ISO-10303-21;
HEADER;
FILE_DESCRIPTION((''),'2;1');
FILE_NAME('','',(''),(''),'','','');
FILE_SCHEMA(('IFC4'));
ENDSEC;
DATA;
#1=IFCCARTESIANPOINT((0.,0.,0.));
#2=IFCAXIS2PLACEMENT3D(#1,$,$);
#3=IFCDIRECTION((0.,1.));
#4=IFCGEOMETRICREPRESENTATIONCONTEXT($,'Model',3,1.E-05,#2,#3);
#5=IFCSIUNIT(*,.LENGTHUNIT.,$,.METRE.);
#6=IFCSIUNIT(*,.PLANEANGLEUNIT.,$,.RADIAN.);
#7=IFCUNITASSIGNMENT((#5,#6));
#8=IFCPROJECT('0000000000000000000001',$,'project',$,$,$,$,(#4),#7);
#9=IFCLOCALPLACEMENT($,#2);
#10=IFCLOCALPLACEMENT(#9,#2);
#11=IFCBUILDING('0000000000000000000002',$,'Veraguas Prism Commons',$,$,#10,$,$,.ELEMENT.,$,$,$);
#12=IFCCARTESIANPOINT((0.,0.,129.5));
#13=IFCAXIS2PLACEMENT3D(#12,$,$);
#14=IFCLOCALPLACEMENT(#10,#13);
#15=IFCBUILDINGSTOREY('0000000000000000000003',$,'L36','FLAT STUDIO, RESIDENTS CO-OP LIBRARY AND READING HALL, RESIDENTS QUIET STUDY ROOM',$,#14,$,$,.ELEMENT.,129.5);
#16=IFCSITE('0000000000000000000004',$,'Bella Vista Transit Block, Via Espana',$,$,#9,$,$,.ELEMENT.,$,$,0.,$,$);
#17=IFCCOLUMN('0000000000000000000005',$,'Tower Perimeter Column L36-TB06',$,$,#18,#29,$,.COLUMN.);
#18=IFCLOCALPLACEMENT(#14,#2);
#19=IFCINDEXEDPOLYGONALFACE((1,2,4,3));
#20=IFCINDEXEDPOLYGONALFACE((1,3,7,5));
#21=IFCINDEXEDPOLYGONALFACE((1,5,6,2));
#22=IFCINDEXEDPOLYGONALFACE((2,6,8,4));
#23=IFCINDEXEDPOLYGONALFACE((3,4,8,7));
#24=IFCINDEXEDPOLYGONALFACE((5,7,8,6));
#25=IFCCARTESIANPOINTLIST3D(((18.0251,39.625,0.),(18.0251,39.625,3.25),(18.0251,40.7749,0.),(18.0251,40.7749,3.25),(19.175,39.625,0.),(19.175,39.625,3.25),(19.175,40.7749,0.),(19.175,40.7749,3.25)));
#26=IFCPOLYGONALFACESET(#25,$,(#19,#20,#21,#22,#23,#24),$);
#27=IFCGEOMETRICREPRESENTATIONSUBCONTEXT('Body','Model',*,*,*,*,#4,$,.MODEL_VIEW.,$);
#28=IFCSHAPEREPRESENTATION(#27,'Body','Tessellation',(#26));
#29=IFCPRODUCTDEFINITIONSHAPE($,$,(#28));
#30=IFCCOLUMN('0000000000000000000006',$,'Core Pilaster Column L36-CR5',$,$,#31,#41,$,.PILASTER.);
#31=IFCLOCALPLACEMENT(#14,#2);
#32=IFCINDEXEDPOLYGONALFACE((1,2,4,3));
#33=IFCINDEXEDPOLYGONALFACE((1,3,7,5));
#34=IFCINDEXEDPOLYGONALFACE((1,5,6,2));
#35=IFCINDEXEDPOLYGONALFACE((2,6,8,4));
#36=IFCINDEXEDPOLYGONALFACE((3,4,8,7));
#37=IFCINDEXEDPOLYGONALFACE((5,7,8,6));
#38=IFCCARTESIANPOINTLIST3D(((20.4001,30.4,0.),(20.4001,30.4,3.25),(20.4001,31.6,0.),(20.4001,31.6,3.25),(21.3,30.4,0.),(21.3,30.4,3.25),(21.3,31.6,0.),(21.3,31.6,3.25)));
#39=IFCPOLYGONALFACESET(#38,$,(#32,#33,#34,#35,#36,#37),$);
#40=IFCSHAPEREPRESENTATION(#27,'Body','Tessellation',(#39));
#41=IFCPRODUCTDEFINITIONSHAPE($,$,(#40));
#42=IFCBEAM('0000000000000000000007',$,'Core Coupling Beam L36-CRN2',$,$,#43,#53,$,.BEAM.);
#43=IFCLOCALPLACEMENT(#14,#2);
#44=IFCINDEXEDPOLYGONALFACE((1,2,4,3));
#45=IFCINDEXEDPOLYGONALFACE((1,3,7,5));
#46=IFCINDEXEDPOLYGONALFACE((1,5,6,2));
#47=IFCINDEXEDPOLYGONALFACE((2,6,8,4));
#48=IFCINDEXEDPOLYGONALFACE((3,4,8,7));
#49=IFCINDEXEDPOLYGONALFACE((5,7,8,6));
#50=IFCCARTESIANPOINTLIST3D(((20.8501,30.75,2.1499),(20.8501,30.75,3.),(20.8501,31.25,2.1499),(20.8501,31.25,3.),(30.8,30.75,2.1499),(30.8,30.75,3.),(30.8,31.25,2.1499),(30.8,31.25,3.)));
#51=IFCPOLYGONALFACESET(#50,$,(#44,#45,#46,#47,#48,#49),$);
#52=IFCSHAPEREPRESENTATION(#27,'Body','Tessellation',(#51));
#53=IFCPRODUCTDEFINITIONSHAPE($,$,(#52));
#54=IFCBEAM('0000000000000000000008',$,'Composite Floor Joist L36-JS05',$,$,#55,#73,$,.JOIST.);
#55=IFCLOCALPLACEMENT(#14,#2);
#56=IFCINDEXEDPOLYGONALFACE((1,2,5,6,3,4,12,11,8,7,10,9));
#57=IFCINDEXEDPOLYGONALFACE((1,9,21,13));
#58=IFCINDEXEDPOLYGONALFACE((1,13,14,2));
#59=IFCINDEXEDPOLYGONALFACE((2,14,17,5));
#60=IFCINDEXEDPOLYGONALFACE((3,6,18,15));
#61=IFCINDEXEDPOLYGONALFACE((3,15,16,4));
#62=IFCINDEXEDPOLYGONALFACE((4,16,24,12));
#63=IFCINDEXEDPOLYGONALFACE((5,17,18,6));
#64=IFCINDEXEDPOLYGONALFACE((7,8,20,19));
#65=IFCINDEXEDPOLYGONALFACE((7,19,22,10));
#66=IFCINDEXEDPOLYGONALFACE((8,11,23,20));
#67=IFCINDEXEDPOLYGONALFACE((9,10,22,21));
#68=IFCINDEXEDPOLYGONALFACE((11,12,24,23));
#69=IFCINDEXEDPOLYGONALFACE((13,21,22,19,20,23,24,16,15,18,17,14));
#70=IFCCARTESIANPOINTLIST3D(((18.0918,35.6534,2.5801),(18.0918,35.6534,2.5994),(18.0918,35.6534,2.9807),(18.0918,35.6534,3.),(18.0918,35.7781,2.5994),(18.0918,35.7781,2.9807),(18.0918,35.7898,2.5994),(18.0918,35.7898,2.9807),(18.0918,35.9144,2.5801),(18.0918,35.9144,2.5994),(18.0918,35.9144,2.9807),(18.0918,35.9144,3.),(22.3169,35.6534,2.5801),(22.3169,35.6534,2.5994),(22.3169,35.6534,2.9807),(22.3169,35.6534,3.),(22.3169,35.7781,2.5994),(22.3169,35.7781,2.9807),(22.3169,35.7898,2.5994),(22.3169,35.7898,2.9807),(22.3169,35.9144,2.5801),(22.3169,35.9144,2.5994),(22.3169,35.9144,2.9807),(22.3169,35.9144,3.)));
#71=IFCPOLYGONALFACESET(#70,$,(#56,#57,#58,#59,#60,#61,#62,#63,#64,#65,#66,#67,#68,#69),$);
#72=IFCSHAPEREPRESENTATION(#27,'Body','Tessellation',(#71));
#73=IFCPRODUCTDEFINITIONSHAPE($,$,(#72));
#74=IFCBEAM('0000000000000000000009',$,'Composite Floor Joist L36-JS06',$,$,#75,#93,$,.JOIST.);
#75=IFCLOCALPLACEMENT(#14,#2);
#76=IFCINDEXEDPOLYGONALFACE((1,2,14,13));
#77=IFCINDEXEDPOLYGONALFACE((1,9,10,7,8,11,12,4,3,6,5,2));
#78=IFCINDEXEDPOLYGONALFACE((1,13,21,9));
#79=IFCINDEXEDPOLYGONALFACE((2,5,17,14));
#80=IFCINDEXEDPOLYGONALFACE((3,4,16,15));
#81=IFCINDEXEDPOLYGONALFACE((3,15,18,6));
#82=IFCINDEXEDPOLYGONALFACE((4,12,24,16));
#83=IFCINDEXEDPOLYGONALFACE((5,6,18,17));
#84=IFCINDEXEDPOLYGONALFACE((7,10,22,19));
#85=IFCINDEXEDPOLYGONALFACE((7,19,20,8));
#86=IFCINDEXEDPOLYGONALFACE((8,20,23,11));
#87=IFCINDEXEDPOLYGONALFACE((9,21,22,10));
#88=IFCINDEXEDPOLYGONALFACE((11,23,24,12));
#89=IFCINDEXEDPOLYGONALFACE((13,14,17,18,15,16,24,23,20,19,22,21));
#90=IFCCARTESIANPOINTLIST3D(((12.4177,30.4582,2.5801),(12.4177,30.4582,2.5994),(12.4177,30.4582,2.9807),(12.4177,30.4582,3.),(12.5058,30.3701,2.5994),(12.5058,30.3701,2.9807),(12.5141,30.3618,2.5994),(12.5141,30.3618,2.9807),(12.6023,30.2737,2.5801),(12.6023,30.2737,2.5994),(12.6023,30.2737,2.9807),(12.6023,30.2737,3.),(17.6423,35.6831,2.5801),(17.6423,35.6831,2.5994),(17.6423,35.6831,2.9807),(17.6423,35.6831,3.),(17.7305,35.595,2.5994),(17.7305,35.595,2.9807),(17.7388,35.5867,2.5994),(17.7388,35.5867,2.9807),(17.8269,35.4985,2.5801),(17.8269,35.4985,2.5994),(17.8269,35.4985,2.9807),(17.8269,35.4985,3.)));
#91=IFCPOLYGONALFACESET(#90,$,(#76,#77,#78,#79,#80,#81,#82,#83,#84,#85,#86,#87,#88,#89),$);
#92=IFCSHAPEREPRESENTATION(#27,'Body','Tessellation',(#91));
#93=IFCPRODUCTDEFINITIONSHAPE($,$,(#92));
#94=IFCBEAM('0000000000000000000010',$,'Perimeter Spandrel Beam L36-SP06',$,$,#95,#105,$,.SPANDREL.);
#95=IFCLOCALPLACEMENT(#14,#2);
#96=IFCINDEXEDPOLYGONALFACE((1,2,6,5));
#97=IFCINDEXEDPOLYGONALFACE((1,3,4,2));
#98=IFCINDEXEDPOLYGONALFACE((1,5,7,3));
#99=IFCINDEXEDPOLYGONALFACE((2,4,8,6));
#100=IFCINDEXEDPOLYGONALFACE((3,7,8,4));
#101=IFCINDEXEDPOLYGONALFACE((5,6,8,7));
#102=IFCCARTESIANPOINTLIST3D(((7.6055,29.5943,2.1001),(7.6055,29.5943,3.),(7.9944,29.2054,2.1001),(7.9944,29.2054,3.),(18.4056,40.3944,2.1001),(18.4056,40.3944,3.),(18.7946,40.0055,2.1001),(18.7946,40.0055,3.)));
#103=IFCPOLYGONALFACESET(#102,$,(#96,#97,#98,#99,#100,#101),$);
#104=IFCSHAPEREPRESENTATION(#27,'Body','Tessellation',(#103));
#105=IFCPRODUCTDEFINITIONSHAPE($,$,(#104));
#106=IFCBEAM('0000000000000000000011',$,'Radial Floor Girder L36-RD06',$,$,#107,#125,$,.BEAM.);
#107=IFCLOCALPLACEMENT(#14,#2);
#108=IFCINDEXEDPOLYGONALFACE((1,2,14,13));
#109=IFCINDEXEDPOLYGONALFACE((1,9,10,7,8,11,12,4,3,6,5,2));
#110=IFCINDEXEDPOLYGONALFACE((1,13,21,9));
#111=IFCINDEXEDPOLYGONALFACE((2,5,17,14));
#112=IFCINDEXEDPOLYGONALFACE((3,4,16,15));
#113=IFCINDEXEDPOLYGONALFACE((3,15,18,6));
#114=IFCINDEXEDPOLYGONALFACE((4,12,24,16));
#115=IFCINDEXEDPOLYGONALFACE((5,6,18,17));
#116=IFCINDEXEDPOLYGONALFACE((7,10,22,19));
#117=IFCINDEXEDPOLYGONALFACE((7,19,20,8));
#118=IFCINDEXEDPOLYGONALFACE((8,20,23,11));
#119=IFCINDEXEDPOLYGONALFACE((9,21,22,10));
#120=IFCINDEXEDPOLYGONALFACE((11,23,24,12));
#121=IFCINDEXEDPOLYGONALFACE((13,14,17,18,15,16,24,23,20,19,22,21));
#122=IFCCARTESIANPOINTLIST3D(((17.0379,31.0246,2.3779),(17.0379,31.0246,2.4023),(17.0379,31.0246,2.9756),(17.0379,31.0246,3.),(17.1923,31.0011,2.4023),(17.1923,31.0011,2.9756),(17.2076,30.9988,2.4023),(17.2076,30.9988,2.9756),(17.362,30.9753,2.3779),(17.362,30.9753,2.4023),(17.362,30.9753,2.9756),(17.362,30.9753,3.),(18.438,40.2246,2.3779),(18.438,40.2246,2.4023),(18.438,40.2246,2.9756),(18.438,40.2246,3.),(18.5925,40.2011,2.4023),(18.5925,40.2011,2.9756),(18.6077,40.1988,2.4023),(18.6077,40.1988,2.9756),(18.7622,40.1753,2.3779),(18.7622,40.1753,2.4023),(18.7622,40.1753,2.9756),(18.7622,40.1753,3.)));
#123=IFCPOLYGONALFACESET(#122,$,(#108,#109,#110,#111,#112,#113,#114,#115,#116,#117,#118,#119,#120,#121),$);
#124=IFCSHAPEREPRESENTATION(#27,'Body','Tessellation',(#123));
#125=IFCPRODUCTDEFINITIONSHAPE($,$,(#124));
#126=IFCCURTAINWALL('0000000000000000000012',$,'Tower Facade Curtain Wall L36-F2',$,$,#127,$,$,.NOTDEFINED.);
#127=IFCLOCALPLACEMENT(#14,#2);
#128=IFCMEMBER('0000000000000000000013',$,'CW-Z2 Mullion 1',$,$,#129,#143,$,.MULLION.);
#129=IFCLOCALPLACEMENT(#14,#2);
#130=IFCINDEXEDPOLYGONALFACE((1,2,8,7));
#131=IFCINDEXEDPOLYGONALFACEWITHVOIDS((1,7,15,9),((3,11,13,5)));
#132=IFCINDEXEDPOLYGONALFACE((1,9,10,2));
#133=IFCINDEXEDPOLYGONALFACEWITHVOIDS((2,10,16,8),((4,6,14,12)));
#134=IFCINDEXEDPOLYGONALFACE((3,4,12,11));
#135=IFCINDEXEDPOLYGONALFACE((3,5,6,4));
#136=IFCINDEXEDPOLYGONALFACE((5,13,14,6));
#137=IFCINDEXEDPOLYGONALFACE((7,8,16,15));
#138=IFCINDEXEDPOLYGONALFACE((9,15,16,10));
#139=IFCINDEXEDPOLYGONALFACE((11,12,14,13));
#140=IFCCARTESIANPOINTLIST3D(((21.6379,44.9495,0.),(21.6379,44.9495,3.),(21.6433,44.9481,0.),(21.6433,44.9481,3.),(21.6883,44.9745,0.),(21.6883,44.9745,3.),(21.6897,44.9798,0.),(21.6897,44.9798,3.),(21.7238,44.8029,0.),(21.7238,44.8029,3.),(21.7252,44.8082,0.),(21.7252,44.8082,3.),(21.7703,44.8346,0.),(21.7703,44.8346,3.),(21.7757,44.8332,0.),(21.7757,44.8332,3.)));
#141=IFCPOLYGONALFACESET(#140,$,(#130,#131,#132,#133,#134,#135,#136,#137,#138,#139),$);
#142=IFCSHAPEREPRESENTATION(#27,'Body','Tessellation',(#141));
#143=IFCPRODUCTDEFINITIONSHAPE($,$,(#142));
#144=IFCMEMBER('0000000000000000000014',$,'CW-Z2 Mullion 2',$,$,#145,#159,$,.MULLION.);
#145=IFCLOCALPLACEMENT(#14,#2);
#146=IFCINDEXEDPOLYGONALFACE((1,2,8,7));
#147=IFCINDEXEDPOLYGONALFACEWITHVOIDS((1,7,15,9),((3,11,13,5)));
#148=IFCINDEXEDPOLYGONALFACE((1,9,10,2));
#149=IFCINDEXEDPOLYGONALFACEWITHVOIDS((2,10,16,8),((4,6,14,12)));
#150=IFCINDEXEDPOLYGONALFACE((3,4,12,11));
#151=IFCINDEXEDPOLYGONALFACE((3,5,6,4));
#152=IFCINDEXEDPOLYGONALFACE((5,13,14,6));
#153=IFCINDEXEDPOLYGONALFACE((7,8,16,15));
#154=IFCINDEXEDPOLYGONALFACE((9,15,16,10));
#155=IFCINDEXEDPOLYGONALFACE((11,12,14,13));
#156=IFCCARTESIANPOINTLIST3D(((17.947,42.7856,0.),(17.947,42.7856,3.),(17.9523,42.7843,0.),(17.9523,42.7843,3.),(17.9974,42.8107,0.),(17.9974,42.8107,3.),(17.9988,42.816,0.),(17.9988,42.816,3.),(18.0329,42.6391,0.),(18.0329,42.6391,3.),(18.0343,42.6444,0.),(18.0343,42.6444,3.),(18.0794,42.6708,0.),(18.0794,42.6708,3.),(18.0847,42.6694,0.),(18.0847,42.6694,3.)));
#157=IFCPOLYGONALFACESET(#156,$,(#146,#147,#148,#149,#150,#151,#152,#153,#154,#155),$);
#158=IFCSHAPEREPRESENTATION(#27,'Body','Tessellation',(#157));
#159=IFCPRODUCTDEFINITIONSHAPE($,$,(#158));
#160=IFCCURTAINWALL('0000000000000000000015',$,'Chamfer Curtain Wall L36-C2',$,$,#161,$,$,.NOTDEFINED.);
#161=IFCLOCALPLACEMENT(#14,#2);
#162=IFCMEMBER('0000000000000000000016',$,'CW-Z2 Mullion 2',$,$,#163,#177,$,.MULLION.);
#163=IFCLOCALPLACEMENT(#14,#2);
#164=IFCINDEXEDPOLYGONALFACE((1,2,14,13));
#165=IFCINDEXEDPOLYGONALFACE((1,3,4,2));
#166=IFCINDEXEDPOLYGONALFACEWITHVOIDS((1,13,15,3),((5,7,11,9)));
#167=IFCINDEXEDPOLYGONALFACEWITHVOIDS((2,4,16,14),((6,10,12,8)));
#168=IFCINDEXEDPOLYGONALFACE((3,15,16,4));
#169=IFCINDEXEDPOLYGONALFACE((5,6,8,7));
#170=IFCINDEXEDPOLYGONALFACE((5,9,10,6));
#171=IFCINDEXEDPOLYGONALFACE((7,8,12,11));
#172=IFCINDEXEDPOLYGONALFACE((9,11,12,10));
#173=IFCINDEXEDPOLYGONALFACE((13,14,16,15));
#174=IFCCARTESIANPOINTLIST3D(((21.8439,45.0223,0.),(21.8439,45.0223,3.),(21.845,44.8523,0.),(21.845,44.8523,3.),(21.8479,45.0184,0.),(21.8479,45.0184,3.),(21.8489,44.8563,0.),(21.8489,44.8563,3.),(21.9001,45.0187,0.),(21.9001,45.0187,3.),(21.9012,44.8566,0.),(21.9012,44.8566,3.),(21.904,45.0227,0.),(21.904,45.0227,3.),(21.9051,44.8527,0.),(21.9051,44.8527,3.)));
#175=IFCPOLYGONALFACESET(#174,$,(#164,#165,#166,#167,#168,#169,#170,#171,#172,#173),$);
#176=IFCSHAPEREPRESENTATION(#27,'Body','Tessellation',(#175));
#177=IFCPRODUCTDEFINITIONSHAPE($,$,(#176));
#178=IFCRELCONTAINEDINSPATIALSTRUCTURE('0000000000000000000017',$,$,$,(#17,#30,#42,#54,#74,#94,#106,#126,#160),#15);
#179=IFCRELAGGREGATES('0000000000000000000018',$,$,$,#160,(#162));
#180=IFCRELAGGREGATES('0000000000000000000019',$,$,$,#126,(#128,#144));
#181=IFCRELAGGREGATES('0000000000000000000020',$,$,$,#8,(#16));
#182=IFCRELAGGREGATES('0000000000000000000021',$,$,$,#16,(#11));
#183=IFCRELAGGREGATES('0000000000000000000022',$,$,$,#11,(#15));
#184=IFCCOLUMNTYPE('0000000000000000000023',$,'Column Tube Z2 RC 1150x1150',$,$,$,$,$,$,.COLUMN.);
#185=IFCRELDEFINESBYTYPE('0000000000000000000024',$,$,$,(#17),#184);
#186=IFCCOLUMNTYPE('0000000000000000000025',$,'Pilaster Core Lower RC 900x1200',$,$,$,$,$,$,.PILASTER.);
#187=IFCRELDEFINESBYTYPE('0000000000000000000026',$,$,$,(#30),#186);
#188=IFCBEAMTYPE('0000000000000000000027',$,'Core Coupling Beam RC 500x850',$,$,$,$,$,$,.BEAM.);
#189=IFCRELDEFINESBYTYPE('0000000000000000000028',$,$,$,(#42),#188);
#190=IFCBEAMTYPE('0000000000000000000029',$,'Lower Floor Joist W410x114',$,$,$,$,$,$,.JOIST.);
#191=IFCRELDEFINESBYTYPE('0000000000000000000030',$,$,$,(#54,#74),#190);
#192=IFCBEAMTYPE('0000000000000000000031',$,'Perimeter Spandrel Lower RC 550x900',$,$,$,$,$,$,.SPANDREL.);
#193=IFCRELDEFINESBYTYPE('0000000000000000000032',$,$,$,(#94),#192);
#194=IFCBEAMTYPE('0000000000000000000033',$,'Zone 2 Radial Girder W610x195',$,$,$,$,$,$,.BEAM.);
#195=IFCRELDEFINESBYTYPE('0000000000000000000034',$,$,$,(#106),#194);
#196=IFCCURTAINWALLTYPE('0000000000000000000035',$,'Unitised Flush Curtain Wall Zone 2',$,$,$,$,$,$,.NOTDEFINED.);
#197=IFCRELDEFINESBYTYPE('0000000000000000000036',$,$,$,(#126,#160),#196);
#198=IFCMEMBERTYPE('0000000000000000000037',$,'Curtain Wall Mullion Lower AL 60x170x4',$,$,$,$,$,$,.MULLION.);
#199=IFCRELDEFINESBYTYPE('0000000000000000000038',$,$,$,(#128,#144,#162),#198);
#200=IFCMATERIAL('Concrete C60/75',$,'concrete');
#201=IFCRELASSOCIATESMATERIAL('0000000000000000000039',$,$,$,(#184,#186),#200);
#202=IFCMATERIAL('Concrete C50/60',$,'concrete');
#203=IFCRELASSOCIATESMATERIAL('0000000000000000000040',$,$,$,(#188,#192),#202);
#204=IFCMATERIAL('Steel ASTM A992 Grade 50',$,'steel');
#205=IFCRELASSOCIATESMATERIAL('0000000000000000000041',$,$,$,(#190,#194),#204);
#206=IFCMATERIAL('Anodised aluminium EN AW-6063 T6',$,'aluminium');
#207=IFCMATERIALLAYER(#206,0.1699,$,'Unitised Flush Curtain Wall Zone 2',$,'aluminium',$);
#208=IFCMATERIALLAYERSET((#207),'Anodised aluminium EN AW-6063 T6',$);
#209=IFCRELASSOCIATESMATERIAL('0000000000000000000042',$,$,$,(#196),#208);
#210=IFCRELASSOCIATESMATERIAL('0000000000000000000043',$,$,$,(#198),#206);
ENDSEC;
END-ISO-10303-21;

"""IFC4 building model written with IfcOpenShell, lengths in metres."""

from ifc_helpers import new_model, si_unit, direction, frame, origin, origin_2d, place, context, subcontext, project, spatial, rectangle, hollow_rectangle, i_section, extrude, source, transform, mapped, material, layer, layer_set, material_profile, profile_set, type_object, element, aggregate, save


model = new_model("IFC4")

# Units and contexts
model_context = context("Model", 3, precision=1e-05, world=origin(), true_north=direction((0.0, 1.0)))
body_context = subcontext(model_context, "Body", "Model", "MODEL_VIEW")
ifc_project = project(units=[si_unit("LENGTHUNIT", "METRE"), si_unit("PLANEANGLEUNIT", "RADIAN")], contexts=[model_context])

# Site, building, storey
site_placement = place(None, origin())
site = spatial("IfcSite", under=ifc_project, at=site_placement, Name="Bella Vista Transit Block, Via Espana", CompositionType="ELEMENT", RefElevation=0.0)
building_placement = place(site_placement, origin())
building = spatial("IfcBuilding", under=site, at=building_placement, Name="Veraguas Prism Commons", CompositionType="ELEMENT")
storey_placement = place(building_placement, frame((0.0, 0.0, 129.5)))
storey = spatial("IfcBuildingStorey", under=building, at=storey_placement, Name="L36", Description="FLAT STUDIO, RESIDENTS CO-OP LIBRARY AND READING HALL, RESIDENTS QUIET STUDY ROOM", CompositionType="ELEMENT", Elevation=129.5)

# Columns
ifc_material_1 = material(Name="Concrete C60/75", Category="concrete")
ifc_material_profile_1 = material_profile(ifc_material_1, rectangle(XDim=1.1499, YDim=1.1499, at=origin_2d()), Name="RC1150X1150")
ifc_profile_set_1 = profile_set([ifc_material_profile_1], Name="Concrete C60/75")
column_type_1 = type_object("IfcColumnType", Name="Column Tube Z2 RC 1150x1150", PredefinedType="COLUMN", material=ifc_profile_set_1)
column_1_placement = place(storey_placement, frame((18.6001, 40.2, 0.0), z_axis=(0.0, 0.0, 1.0), x_axis=(1.0, 0.0, 0.0)))
element("IfcColumn", 1, at=column_1_placement, inside=storey, type_object=column_type_1, Name="Tower Perimeter Column L36-TB06", PredefinedType="COLUMN", context=body_context, shape_type="SweptSolid", body=[
    extrude(rectangle(XDim=1.1499, YDim=1.1499, at=origin_2d()), origin(), (0.0, 0.0, 1.0), 3.25),
])
ifc_material_profile_2 = material_profile(ifc_material_1, rectangle(XDim=0.8999, YDim=1.2, at=origin_2d()), Name="RC900X1200")
ifc_profile_set_2 = profile_set([ifc_material_profile_2], Name="Concrete C60/75")
column_type_2 = type_object("IfcColumnType", Name="Pilaster Core Lower RC 900x1200", PredefinedType="PILASTER", material=ifc_profile_set_2)
column_2_placement = place(storey_placement, frame((20.8501, 31.0, 0.0), z_axis=(0.0, 0.0, 1.0), x_axis=(1.0, 0.0, 0.0)))
element("IfcColumn", 2, at=column_2_placement, inside=storey, type_object=column_type_2, Name="Core Pilaster Column L36-CR5", PredefinedType="PILASTER", context=body_context, shape_type="SweptSolid", body=[
    extrude(rectangle(XDim=0.8999, YDim=1.2, at=origin_2d()), origin(), (0.0, 0.0, 1.0), 3.25),
])

# Beams
ifc_material_2 = material(Name="Concrete C50/60", Category="concrete")
ifc_material_profile_3 = material_profile(ifc_material_2, rectangle(XDim=0.5, YDim=0.8501, at=origin_2d()), Name="RC500X850")
ifc_profile_set_3 = profile_set([ifc_material_profile_3], Name="Concrete C50/60")
beam_type_1 = type_object("IfcBeamType", Name="Core Coupling Beam RC 500x850", PredefinedType="BEAM", material=ifc_profile_set_3)
beam_1_placement = place(storey_placement, frame((20.8501, 31.0, 2.575), z_axis=(1.0, 0.0, 0.0), x_axis=(0.0, 1.0, 0.0)))
element("IfcBeam", 3, at=beam_1_placement, inside=storey, type_object=beam_type_1, Name="Core Coupling Beam L36-CRN2", PredefinedType="BEAM", context=body_context, shape_type="SweptSolid", body=[
    extrude(rectangle(XDim=0.5, YDim=0.8501, at=origin_2d()), origin(), (0.0, 0.0, 1.0), 9.95),
])
ifc_material_3 = material(Name="Steel ASTM A992 Grade 50", Category="steel")
ifc_material_profile_4 = material_profile(ifc_material_3, i_section(OverallWidth=0.261, OverallDepth=0.4199, WebThickness=0.0117, FlangeThickness=0.0193, at=origin_2d()), Name="W410X114")
ifc_profile_set_4 = profile_set([ifc_material_profile_4], Name="Steel ASTM A992 Grade 50")
beam_type_2 = type_object("IfcBeamType", Name="Lower Floor Joist W410x114", PredefinedType="JOIST", material=ifc_profile_set_4)
beam_2_placement = place(storey_placement, frame((22.3169, 35.7839, 2.79), z_axis=(-1.0, 0.0, 0.0), x_axis=(0.0, -1.0, 0.0)))
element("IfcBeam", 4, at=beam_2_placement, inside=storey, type_object=beam_type_2, Name="Composite Floor Joist L36-JS05", PredefinedType="JOIST", context=body_context, shape_type="SweptSolid", body=[
    extrude(i_section(OverallWidth=0.261, OverallDepth=0.4199, WebThickness=0.0117, FlangeThickness=0.0193, at=origin_2d()), origin(), (0.0, 0.0, 1.0), 4.2251),
])
beam_3_placement = place(storey_placement, frame((17.7346, 35.5908, 2.79), z_axis=(-0.70709, -0.707123, 0.0), x_axis=(0.707123, -0.70709, 0.0)))
element("IfcBeam", 5, at=beam_3_placement, inside=storey, type_object=beam_type_2, Name="Composite Floor Joist L36-JS06", PredefinedType="JOIST", context=body_context, shape_type="SweptSolid", body=[
    extrude(i_section(OverallWidth=0.261, OverallDepth=0.4199, WebThickness=0.0117, FlangeThickness=0.0193, at=origin_2d()), origin(), (0.0, 0.0, 1.0), 7.3889),
])
ifc_material_profile_5 = material_profile(ifc_material_2, rectangle(XDim=0.55, YDim=0.8999, at=origin_2d()), Name="RC550X900")
ifc_profile_set_5 = profile_set([ifc_material_profile_5], Name="Concrete C50/60")
beam_type_3 = type_object("IfcBeamType", Name="Perimeter Spandrel Lower RC 550x900", PredefinedType="SPANDREL", material=ifc_profile_set_5)
beam_4_placement = place(storey_placement, frame((18.6001, 40.2, 2.55), z_axis=(-0.707107, -0.707107, 0.0), x_axis=(0.707107, -0.707107, 0.0)))
element("IfcBeam", 6, at=beam_4_placement, inside=storey, type_object=beam_type_3, Name="Perimeter Spandrel Beam L36-SP06", PredefinedType="SPANDREL", context=body_context, shape_type="SweptSolid", body=[
    extrude(rectangle(XDim=0.55, YDim=0.8999, at=origin_2d()), origin(), (0.0, 0.0, 1.0), 15.2737),
])
ifc_material_profile_6 = material_profile(ifc_material_3, i_section(OverallWidth=0.3279, OverallDepth=0.6221, WebThickness=0.0154, FlangeThickness=0.0244, at=origin_2d()), Name="W610X195")
ifc_profile_set_6 = profile_set([ifc_material_profile_6], Name="Steel ASTM A992 Grade 50")
beam_type_4 = type_object("IfcBeamType", Name="Zone 2 Radial Girder W610x195", PredefinedType="BEAM", material=ifc_profile_set_6)
beam_5_placement = place(storey_placement, frame((18.6001, 40.2, 2.689), z_axis=(-0.150458, -0.988616, 0.0), x_axis=(0.988616, -0.150458, 0.0)))
element("IfcBeam", 7, at=beam_5_placement, inside=storey, type_object=beam_type_4, Name="Radial Floor Girder L36-RD06", PredefinedType="BEAM", context=body_context, shape_type="SweptSolid", body=[
    extrude(i_section(OverallWidth=0.3279, OverallDepth=0.6221, WebThickness=0.0154, FlangeThickness=0.0244, at=origin_2d()), origin(), (0.0, 0.0, 1.0), 9.3059),
])

# Curtain wall, members
ifc_material_4 = material(Name="Anodised aluminium EN AW-6063 T6", Category="aluminium")
ifc_layer_1 = layer(ifc_material_4, 0.1699, Name="Unitised Flush Curtain Wall Zone 2", Category="aluminium")
ifc_layer_set_1 = layer_set([ifc_layer_1], Name="Anodised aluminium EN AW-6063 T6")
curtain_wall_type = type_object("IfcCurtainWallType", Name="Unitised Flush Curtain Wall Zone 2", PredefinedType="NOTDEFINED", material=ifc_layer_set_1)
curtain_wall_1_placement = place(storey_placement, origin())
curtain_wall_1 = element("IfcCurtainWall", 8, at=curtain_wall_1_placement, inside=storey, type_object=curtain_wall_type, Name="Tower Facade Curtain Wall L36-F2", PredefinedType="NOTDEFINED")
ifc_material_profile_7 = material_profile(ifc_material_4, hollow_rectangle(XDim=0.0601, YDim=0.1699, WallThickness=0.0039, at=origin_2d()), Name="AL60X170X4")
ifc_profile_set_7 = profile_set([ifc_material_profile_7], Name="Anodised aluminium EN AW-6063 T6")
member_type_1 = type_object("IfcMemberType", Name="Curtain Wall Mullion Lower AL 60x170x4", PredefinedType="MULLION", material=ifc_profile_set_7)
shared_shape_1 = source(origin(), body_context, "Body", "SweptSolid", [
    extrude(hollow_rectangle(XDim=0.0601, YDim=0.1699, WallThickness=0.0039, at=origin_2d()), origin(), (0.0, 0.0, 1.0), 3.0),
])
member_1_placement = place(storey_placement, frame((21.7068, 44.8914, 0.0), z_axis=(0.0, 0.0, 1.0), x_axis=(-0.862686, -0.50574, 0.0)))
member_1 = element("IfcMember", 9, at=member_1_placement, type_object=member_type_1, Name="CW-Z2 Mullion 1", PredefinedType="MULLION", context=body_context, shape_type="MappedRepresentation", body=[
    mapped(shared_shape_1, transform((0.0, 0.0, 0.0), scale=1.0)),
])
member_2_placement = place(storey_placement, frame((18.0159, 42.7275, 0.0), z_axis=(0.0, 0.0, 1.0), x_axis=(-0.862686, -0.50574, 0.0)))
member_2 = element("IfcMember", 10, at=member_2_placement, type_object=member_type_1, Name="CW-Z2 Mullion 2", PredefinedType="MULLION", context=body_context, shape_type="MappedRepresentation", body=[
    mapped(shared_shape_1, transform((0.0, 0.0, 0.0), scale=1.0)),
])

# Curtain wall, member
curtain_wall_2_placement = place(storey_placement, origin())
curtain_wall_2 = element("IfcCurtainWall", 11, at=curtain_wall_2_placement, inside=storey, type_object=curtain_wall_type, Name="Chamfer Curtain Wall L36-C2", PredefinedType="NOTDEFINED")
member_3_placement = place(storey_placement, frame((21.8745, 44.9375, 0.0), z_axis=(0.0, 0.0, 1.0), x_axis=(-0.999978, -0.00662, 0.0)))
member_3 = element("IfcMember", 12, at=member_3_placement, type_object=member_type_1, Name="CW-Z2 Mullion 2", PredefinedType="MULLION", context=body_context, shape_type="MappedRepresentation", body=[
    mapped(shared_shape_1, transform((0.0, 0.0, 0.0), scale=1.0)),
])
aggregate(curtain_wall_2, [member_3])

aggregate(curtain_wall_1, [member_1, member_2])

save(model, "model.ifc")
